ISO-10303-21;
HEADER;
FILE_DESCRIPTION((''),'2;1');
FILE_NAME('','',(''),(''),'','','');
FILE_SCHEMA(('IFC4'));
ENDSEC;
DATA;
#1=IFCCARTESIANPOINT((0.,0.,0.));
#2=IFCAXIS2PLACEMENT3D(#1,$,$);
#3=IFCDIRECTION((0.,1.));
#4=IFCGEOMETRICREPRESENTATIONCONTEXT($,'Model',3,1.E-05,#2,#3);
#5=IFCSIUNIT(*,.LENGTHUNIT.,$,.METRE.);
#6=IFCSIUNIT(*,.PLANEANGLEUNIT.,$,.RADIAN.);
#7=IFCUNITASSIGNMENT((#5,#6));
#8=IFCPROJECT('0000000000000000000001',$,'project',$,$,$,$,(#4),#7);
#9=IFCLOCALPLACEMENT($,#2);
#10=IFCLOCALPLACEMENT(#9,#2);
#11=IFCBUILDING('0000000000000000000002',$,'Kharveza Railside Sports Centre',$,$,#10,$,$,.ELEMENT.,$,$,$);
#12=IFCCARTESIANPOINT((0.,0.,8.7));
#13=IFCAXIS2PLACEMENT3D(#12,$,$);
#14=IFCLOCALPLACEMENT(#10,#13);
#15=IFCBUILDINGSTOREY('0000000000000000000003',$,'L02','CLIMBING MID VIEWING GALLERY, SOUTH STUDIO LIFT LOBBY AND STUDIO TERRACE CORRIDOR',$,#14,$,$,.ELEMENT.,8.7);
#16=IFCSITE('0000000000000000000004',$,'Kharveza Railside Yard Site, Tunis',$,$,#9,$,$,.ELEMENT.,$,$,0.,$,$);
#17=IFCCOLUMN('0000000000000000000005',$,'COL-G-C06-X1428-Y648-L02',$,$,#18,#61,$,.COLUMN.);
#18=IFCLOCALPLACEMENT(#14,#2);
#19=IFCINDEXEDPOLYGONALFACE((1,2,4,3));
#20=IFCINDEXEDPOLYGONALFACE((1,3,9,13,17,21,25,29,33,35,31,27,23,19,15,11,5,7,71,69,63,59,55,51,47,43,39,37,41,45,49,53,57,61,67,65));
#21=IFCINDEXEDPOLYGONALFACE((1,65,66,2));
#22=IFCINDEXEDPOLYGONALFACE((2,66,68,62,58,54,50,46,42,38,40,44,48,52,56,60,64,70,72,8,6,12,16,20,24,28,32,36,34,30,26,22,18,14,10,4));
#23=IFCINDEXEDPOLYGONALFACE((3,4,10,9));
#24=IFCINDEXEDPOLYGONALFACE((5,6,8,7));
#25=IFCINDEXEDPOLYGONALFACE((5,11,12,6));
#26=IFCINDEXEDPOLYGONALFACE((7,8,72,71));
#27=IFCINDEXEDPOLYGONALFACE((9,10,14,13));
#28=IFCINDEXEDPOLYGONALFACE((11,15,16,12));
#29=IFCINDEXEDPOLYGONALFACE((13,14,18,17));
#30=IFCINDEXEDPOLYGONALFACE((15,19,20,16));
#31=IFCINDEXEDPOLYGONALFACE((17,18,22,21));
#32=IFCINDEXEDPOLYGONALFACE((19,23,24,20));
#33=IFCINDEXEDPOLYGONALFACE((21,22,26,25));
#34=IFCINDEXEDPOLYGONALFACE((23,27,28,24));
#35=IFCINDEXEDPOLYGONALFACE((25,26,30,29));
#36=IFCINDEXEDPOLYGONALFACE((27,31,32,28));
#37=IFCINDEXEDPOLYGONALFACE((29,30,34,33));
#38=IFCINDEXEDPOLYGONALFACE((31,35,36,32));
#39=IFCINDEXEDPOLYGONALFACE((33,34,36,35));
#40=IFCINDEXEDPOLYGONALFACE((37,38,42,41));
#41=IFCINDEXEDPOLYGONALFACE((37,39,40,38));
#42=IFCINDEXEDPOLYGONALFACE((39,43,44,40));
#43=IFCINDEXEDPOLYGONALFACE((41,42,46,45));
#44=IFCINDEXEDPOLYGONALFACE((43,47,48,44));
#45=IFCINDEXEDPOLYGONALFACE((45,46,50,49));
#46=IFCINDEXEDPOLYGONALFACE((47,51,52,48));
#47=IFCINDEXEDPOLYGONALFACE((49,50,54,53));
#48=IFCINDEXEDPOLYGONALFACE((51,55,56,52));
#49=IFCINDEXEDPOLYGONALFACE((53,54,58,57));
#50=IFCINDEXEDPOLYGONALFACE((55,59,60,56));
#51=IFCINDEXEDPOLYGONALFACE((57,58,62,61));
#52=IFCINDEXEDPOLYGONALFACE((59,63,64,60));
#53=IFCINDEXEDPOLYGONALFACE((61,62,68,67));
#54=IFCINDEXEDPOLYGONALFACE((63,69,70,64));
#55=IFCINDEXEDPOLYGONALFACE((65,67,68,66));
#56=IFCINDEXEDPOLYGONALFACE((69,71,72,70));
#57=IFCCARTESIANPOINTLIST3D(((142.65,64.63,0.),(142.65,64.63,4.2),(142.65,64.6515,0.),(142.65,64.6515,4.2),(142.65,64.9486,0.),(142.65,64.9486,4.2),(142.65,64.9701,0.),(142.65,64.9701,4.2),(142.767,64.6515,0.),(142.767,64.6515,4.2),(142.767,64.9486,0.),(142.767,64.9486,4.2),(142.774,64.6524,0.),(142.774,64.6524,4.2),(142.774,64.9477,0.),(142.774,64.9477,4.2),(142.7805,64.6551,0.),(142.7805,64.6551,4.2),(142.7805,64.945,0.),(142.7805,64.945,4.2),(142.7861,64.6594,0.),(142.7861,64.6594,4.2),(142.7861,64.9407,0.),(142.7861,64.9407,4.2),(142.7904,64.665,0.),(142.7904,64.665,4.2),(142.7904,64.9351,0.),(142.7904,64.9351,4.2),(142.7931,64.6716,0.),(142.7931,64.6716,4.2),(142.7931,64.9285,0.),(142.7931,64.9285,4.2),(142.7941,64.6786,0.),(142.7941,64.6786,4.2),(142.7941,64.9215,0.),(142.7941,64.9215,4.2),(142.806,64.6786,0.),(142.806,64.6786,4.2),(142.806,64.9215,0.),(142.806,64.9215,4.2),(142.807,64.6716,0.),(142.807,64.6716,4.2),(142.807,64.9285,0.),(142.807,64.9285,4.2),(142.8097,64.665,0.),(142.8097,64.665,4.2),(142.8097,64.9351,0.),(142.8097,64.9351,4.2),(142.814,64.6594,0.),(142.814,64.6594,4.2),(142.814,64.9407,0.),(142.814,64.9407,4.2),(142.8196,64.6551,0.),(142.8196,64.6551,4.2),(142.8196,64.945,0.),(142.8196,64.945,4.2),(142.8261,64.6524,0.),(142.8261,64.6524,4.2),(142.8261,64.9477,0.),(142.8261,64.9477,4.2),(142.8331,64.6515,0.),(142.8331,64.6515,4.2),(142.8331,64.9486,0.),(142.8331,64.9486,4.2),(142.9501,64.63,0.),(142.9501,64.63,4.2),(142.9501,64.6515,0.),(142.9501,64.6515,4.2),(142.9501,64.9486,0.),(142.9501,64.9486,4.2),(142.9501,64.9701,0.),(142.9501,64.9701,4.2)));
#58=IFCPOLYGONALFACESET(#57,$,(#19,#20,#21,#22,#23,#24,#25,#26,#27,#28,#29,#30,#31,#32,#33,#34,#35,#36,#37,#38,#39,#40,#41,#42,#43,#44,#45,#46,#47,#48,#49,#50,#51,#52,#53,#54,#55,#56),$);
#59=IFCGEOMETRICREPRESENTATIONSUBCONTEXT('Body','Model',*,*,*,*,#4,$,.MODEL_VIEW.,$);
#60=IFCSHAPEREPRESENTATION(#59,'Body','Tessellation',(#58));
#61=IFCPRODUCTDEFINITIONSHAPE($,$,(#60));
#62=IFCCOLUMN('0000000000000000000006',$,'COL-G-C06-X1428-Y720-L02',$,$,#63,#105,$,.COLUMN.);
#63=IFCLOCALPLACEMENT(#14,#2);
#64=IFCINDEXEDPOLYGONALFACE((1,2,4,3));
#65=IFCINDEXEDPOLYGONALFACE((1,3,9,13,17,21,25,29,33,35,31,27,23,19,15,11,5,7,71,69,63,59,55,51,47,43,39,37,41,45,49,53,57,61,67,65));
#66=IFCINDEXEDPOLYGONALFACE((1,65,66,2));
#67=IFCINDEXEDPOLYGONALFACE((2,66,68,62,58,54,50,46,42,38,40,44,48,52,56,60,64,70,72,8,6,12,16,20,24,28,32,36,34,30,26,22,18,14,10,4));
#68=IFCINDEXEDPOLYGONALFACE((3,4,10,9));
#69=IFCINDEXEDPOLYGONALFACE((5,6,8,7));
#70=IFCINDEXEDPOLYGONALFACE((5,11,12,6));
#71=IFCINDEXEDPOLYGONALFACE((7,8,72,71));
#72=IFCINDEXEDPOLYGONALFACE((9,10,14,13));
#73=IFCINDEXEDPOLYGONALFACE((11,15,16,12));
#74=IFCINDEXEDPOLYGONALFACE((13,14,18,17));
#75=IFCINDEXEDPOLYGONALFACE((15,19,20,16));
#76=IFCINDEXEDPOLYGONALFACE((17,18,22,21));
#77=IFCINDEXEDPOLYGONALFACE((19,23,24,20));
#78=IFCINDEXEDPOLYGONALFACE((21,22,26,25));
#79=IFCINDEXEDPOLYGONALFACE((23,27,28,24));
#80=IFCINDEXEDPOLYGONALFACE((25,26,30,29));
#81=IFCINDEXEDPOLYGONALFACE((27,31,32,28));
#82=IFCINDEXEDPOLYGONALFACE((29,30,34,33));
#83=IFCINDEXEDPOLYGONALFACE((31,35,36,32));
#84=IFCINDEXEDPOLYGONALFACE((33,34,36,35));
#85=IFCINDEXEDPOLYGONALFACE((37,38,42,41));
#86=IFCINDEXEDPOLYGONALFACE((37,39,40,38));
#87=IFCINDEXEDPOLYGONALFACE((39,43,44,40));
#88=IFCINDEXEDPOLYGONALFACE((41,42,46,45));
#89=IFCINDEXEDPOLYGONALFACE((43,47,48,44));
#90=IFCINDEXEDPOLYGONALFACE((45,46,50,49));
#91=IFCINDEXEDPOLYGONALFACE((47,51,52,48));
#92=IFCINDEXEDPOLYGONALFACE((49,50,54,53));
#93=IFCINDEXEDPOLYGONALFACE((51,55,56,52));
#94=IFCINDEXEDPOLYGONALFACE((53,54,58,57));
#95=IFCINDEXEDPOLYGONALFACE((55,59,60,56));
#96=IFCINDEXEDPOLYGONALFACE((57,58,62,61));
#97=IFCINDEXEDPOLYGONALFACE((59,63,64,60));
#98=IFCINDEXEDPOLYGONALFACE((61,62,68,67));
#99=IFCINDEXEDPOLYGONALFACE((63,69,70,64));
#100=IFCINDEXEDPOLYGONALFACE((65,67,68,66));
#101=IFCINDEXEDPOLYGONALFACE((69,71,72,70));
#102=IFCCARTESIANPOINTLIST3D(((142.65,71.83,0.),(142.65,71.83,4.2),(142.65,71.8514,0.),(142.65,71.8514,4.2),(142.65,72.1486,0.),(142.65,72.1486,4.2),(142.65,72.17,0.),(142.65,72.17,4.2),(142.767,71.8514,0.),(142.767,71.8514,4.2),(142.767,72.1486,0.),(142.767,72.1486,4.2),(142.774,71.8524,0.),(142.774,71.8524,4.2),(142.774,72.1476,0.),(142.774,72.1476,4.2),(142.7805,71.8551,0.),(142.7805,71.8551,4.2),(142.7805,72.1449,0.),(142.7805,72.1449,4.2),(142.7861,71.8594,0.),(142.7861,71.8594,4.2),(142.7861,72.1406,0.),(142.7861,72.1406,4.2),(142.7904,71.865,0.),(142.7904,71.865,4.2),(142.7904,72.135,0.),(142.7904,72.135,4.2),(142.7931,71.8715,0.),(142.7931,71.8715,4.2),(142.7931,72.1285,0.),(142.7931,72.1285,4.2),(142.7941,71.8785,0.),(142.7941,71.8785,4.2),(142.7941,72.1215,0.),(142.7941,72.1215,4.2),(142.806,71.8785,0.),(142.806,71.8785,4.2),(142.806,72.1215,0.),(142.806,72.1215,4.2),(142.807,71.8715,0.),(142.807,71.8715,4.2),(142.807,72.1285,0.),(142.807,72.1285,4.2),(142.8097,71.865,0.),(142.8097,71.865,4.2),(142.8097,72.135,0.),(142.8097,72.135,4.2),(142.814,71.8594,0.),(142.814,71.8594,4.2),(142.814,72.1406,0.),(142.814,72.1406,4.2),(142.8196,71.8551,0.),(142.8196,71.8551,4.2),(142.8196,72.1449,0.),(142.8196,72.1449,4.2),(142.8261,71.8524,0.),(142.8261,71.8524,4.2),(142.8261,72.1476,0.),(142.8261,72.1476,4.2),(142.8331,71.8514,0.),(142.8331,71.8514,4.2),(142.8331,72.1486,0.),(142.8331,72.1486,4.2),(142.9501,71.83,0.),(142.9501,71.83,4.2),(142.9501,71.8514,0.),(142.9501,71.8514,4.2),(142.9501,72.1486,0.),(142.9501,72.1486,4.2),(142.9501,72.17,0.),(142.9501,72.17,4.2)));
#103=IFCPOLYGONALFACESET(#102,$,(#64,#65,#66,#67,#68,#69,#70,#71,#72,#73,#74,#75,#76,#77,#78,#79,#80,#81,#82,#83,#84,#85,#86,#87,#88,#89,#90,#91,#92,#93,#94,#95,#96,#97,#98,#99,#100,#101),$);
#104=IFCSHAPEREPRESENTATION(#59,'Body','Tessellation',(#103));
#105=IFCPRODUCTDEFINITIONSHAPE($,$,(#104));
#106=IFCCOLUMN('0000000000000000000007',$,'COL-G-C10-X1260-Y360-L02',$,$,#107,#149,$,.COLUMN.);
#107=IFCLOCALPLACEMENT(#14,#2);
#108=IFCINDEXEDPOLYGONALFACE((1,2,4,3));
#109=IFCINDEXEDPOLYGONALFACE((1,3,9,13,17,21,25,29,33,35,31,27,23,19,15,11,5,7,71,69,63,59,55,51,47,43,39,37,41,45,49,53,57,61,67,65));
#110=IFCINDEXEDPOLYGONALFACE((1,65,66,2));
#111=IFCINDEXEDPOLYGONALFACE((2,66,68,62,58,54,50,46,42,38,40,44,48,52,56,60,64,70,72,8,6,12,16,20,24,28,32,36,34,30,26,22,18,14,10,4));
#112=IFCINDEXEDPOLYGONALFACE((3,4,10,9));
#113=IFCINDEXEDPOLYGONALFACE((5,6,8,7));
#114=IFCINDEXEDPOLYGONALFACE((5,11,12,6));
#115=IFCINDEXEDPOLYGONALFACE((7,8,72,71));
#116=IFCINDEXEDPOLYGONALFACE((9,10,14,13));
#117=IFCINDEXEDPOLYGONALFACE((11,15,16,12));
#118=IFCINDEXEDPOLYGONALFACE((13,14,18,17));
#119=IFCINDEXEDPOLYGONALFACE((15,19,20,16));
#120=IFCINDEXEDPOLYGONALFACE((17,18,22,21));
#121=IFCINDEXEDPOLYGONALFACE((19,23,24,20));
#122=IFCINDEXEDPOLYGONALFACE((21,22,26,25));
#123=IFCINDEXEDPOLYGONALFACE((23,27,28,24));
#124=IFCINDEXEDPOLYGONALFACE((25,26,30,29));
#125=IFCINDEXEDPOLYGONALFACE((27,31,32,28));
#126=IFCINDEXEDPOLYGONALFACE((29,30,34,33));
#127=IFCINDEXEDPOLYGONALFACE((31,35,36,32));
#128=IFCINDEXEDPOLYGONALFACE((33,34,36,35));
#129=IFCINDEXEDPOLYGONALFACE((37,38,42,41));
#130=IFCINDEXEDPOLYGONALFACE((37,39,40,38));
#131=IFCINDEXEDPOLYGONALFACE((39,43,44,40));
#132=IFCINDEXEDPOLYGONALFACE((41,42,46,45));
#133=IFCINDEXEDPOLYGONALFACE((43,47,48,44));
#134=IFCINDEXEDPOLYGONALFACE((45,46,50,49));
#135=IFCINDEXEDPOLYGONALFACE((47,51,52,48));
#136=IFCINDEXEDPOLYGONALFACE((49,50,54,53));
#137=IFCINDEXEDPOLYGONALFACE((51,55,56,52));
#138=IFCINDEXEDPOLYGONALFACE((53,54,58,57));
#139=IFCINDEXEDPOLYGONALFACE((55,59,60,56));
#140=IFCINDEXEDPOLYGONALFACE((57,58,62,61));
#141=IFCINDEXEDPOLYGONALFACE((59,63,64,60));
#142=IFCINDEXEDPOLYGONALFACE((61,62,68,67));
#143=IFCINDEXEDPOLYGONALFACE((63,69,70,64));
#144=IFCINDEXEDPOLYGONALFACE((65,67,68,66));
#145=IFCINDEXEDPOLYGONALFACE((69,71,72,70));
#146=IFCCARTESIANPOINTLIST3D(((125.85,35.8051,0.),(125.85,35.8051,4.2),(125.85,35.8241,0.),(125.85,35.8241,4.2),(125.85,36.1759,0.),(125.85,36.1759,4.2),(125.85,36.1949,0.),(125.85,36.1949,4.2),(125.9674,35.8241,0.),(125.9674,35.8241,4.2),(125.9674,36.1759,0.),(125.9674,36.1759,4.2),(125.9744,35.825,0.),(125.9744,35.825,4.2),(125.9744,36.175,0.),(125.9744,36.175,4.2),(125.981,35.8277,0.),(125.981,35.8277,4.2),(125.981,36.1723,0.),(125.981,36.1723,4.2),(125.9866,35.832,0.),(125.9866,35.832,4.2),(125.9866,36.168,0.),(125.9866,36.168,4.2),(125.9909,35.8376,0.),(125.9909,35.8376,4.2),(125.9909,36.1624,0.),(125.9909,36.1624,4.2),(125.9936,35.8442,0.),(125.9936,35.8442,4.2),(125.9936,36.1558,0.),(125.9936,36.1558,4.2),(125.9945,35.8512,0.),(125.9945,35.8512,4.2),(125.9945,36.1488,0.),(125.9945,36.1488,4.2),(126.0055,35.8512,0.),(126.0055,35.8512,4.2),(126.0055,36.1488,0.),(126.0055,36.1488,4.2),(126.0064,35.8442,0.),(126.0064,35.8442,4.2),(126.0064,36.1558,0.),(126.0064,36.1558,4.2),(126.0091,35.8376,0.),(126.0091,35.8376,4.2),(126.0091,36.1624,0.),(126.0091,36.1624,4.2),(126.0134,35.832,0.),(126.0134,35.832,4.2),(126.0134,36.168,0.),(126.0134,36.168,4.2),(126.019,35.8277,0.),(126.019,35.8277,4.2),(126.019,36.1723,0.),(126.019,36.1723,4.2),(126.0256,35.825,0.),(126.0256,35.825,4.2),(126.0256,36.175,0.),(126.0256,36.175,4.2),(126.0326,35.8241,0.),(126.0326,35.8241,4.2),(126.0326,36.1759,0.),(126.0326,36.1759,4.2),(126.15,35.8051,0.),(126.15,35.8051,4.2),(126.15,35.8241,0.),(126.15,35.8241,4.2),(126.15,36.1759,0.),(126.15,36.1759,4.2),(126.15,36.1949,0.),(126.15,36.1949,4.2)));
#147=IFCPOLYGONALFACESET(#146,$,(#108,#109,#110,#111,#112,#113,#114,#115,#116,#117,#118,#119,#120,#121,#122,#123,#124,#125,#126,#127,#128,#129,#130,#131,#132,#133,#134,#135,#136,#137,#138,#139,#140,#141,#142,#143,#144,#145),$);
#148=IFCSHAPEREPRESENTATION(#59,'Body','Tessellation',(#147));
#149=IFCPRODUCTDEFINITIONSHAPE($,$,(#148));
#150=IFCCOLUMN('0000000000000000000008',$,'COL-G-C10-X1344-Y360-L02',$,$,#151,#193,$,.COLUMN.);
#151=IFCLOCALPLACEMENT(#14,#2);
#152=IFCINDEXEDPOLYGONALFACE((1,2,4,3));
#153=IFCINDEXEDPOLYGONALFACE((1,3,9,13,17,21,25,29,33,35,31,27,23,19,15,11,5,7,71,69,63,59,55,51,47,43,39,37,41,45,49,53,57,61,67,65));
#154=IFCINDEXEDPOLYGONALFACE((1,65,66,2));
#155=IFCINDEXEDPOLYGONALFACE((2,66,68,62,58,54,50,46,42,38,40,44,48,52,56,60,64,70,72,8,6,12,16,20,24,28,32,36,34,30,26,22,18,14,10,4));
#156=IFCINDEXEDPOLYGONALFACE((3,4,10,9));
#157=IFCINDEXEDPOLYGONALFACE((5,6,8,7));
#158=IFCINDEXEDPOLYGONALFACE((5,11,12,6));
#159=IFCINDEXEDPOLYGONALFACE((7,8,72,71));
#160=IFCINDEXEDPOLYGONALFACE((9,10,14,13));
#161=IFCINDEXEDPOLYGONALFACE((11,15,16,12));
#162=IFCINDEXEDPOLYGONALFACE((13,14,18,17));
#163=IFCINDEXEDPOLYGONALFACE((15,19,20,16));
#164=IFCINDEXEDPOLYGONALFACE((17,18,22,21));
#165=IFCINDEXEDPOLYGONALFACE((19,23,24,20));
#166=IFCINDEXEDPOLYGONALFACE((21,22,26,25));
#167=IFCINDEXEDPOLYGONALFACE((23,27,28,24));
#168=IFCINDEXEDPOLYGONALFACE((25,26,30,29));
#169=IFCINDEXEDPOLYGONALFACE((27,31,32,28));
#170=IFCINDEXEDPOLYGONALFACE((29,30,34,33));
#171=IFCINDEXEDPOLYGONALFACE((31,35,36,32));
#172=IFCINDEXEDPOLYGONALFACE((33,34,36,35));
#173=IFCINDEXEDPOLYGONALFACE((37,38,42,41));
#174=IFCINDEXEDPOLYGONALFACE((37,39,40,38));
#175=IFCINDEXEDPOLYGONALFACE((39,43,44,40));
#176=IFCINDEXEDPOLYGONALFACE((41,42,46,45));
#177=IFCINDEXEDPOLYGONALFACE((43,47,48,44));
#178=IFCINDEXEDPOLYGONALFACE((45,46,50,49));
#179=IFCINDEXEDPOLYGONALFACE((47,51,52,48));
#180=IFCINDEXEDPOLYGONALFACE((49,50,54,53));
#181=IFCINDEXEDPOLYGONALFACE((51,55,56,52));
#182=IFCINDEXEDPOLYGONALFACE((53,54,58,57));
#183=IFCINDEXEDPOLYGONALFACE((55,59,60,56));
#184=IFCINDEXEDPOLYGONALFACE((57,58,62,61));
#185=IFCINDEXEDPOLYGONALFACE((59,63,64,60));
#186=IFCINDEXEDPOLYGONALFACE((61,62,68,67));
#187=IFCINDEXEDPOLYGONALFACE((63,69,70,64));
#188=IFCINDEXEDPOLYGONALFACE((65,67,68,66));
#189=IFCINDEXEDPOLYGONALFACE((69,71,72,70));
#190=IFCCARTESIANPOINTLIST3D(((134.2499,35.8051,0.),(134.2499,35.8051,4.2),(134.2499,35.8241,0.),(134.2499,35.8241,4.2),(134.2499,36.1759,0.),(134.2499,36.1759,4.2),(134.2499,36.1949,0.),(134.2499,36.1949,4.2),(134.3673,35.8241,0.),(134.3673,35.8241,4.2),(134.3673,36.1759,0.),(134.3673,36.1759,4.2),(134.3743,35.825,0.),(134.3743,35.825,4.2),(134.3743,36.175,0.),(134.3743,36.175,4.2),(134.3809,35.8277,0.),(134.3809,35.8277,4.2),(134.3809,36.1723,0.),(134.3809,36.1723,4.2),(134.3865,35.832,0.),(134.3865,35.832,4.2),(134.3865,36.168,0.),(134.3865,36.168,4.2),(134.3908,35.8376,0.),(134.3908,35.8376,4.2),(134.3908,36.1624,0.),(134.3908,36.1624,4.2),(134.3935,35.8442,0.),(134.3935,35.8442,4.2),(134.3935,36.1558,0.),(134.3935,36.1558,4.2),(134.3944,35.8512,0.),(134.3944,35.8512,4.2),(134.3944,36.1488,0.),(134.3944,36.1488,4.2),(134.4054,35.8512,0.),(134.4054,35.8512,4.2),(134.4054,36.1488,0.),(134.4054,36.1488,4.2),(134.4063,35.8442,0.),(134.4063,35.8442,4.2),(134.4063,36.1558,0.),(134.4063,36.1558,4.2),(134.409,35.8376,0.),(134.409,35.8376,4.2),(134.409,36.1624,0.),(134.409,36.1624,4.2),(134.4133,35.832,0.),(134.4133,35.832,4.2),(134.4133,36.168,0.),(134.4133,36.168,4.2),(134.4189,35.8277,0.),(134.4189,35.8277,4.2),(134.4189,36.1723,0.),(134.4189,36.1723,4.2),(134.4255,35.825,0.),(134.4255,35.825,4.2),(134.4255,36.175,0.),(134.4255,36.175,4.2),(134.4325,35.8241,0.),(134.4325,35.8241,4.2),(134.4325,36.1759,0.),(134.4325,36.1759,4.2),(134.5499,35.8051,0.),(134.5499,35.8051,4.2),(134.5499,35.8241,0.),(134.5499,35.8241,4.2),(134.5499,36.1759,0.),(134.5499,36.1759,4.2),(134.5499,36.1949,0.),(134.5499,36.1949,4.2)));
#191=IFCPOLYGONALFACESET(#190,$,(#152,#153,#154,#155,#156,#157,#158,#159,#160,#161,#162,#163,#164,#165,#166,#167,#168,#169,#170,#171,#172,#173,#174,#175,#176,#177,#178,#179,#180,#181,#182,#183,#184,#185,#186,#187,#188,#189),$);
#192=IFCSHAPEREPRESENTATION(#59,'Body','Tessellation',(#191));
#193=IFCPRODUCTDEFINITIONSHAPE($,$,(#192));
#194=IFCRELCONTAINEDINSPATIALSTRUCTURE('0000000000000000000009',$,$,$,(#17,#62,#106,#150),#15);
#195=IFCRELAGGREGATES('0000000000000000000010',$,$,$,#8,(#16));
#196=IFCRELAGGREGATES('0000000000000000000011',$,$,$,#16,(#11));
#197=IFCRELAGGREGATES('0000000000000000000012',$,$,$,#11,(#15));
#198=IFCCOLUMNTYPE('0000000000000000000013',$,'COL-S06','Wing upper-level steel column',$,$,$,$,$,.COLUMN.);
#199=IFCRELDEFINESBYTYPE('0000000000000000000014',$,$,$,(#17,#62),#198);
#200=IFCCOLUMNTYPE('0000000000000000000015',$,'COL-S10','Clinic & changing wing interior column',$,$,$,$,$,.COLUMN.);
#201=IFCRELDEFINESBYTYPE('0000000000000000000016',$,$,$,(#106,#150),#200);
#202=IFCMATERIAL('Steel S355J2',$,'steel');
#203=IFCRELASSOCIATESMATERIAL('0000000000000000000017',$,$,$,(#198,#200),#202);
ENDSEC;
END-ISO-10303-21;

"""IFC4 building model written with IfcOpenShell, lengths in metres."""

from ifc_helpers import new_model, si_unit, direction, frame, origin, origin_2d, place, context, subcontext, project, spatial, i_section, extrude, material, material_profile, profile_set, type_object, element, save


model = new_model("IFC4")

# Units and contexts
model_context = context("Model", 3, precision=1e-05, world=origin(), true_north=direction((0.0, 1.0)))
body_context = subcontext(model_context, "Body", "Model", "MODEL_VIEW")
ifc_project = project(units=[si_unit("LENGTHUNIT", "METRE"), si_unit("PLANEANGLEUNIT", "RADIAN")], contexts=[model_context])

# Site, building, storey
site_placement = place(None, origin())
site = spatial("IfcSite", under=ifc_project, at=site_placement, Name="Kharveza Railside Yard Site, Tunis", CompositionType="ELEMENT", RefElevation=0.0)
building_placement = place(site_placement, origin())
building = spatial("IfcBuilding", under=site, at=building_placement, Name="Kharveza Railside Sports Centre", CompositionType="ELEMENT")
storey_placement = place(building_placement, frame((0.0, 0.0, 8.7)))
storey = spatial("IfcBuildingStorey", under=building, at=storey_placement, Name="L02", Description="CLIMBING MID VIEWING GALLERY, SOUTH STUDIO LIFT LOBBY AND STUDIO TERRACE CORRIDOR", CompositionType="ELEMENT", Elevation=8.7)

# Columns
ifc_material_1 = material(Name="Steel S355J2", Category="steel")
ifc_material_profile_1 = material_profile(ifc_material_1, i_section(OverallWidth=0.3, OverallDepth=0.3401, WebThickness=0.012, FlangeThickness=0.0215, FilletRadius=0.0271, at=origin_2d()), Name="HEB 340")
ifc_profile_set_1 = profile_set([ifc_material_profile_1], Name="Steel S355J2")
column_type_1 = type_object("IfcColumnType", Name="COL-S06", Description="Wing upper-level steel column", PredefinedType="COLUMN", material=ifc_profile_set_1)
for number, where, z_axis, x_axis, name in (
    (1, (142.8, 64.8, 0.0), (0.0, 0.0, 1.0), (1.0, 0.0, 0.0), "COL-G-C06-X1428-Y648-L02"),
    (2, (142.8, 72.0, 0.0), (0.0, 0.0, 1.0), (1.0, 0.0, 0.0), "COL-G-C06-X1428-Y720-L02"),
):
    element("IfcColumn", number, at=place(storey_placement, frame(where, z_axis=z_axis, x_axis=x_axis)), inside=storey, type_object=column_type_1, Name=name, PredefinedType="COLUMN", context=body_context, shape_type="SweptSolid", body=[
        extrude(i_section(OverallWidth=0.3, OverallDepth=0.3401, WebThickness=0.012, FlangeThickness=0.0215, FilletRadius=0.0271, at=origin_2d()), origin(), (0.0, 0.0, 1.0), 4.2),
    ])
ifc_material_profile_2 = material_profile(ifc_material_1, i_section(OverallWidth=0.3, OverallDepth=0.3899, WebThickness=0.011, FlangeThickness=0.019, FilletRadius=0.0271, at=origin_2d()), Name="HEA 400")
ifc_profile_set_2 = profile_set([ifc_material_profile_2], Name="Steel S355J2")
column_type_2 = type_object("IfcColumnType", Name="COL-S10", Description="Clinic & changing wing interior column", PredefinedType="COLUMN", material=ifc_profile_set_2)
for number, where, z_axis, x_axis, name in (
    (3, (126.0, 36.0, 0.0), (0.0, 0.0, 1.0), (1.0, 0.0, 0.0), "COL-G-C10-X1260-Y360-L02"),
    (4, (134.3999, 36.0, 0.0), (0.0, 0.0, 1.0), (1.0, 0.0, 0.0), "COL-G-C10-X1344-Y360-L02"),
):
    element("IfcColumn", number, at=place(storey_placement, frame(where, z_axis=z_axis, x_axis=x_axis)), inside=storey, type_object=column_type_2, Name=name, PredefinedType="COLUMN", context=body_context, shape_type="SweptSolid", body=[
        extrude(i_section(OverallWidth=0.3, OverallDepth=0.3899, WebThickness=0.011, FlangeThickness=0.019, FilletRadius=0.0271, at=origin_2d()), origin(), (0.0, 0.0, 1.0), 4.2),
    ])

save(model, "model.ifc")
